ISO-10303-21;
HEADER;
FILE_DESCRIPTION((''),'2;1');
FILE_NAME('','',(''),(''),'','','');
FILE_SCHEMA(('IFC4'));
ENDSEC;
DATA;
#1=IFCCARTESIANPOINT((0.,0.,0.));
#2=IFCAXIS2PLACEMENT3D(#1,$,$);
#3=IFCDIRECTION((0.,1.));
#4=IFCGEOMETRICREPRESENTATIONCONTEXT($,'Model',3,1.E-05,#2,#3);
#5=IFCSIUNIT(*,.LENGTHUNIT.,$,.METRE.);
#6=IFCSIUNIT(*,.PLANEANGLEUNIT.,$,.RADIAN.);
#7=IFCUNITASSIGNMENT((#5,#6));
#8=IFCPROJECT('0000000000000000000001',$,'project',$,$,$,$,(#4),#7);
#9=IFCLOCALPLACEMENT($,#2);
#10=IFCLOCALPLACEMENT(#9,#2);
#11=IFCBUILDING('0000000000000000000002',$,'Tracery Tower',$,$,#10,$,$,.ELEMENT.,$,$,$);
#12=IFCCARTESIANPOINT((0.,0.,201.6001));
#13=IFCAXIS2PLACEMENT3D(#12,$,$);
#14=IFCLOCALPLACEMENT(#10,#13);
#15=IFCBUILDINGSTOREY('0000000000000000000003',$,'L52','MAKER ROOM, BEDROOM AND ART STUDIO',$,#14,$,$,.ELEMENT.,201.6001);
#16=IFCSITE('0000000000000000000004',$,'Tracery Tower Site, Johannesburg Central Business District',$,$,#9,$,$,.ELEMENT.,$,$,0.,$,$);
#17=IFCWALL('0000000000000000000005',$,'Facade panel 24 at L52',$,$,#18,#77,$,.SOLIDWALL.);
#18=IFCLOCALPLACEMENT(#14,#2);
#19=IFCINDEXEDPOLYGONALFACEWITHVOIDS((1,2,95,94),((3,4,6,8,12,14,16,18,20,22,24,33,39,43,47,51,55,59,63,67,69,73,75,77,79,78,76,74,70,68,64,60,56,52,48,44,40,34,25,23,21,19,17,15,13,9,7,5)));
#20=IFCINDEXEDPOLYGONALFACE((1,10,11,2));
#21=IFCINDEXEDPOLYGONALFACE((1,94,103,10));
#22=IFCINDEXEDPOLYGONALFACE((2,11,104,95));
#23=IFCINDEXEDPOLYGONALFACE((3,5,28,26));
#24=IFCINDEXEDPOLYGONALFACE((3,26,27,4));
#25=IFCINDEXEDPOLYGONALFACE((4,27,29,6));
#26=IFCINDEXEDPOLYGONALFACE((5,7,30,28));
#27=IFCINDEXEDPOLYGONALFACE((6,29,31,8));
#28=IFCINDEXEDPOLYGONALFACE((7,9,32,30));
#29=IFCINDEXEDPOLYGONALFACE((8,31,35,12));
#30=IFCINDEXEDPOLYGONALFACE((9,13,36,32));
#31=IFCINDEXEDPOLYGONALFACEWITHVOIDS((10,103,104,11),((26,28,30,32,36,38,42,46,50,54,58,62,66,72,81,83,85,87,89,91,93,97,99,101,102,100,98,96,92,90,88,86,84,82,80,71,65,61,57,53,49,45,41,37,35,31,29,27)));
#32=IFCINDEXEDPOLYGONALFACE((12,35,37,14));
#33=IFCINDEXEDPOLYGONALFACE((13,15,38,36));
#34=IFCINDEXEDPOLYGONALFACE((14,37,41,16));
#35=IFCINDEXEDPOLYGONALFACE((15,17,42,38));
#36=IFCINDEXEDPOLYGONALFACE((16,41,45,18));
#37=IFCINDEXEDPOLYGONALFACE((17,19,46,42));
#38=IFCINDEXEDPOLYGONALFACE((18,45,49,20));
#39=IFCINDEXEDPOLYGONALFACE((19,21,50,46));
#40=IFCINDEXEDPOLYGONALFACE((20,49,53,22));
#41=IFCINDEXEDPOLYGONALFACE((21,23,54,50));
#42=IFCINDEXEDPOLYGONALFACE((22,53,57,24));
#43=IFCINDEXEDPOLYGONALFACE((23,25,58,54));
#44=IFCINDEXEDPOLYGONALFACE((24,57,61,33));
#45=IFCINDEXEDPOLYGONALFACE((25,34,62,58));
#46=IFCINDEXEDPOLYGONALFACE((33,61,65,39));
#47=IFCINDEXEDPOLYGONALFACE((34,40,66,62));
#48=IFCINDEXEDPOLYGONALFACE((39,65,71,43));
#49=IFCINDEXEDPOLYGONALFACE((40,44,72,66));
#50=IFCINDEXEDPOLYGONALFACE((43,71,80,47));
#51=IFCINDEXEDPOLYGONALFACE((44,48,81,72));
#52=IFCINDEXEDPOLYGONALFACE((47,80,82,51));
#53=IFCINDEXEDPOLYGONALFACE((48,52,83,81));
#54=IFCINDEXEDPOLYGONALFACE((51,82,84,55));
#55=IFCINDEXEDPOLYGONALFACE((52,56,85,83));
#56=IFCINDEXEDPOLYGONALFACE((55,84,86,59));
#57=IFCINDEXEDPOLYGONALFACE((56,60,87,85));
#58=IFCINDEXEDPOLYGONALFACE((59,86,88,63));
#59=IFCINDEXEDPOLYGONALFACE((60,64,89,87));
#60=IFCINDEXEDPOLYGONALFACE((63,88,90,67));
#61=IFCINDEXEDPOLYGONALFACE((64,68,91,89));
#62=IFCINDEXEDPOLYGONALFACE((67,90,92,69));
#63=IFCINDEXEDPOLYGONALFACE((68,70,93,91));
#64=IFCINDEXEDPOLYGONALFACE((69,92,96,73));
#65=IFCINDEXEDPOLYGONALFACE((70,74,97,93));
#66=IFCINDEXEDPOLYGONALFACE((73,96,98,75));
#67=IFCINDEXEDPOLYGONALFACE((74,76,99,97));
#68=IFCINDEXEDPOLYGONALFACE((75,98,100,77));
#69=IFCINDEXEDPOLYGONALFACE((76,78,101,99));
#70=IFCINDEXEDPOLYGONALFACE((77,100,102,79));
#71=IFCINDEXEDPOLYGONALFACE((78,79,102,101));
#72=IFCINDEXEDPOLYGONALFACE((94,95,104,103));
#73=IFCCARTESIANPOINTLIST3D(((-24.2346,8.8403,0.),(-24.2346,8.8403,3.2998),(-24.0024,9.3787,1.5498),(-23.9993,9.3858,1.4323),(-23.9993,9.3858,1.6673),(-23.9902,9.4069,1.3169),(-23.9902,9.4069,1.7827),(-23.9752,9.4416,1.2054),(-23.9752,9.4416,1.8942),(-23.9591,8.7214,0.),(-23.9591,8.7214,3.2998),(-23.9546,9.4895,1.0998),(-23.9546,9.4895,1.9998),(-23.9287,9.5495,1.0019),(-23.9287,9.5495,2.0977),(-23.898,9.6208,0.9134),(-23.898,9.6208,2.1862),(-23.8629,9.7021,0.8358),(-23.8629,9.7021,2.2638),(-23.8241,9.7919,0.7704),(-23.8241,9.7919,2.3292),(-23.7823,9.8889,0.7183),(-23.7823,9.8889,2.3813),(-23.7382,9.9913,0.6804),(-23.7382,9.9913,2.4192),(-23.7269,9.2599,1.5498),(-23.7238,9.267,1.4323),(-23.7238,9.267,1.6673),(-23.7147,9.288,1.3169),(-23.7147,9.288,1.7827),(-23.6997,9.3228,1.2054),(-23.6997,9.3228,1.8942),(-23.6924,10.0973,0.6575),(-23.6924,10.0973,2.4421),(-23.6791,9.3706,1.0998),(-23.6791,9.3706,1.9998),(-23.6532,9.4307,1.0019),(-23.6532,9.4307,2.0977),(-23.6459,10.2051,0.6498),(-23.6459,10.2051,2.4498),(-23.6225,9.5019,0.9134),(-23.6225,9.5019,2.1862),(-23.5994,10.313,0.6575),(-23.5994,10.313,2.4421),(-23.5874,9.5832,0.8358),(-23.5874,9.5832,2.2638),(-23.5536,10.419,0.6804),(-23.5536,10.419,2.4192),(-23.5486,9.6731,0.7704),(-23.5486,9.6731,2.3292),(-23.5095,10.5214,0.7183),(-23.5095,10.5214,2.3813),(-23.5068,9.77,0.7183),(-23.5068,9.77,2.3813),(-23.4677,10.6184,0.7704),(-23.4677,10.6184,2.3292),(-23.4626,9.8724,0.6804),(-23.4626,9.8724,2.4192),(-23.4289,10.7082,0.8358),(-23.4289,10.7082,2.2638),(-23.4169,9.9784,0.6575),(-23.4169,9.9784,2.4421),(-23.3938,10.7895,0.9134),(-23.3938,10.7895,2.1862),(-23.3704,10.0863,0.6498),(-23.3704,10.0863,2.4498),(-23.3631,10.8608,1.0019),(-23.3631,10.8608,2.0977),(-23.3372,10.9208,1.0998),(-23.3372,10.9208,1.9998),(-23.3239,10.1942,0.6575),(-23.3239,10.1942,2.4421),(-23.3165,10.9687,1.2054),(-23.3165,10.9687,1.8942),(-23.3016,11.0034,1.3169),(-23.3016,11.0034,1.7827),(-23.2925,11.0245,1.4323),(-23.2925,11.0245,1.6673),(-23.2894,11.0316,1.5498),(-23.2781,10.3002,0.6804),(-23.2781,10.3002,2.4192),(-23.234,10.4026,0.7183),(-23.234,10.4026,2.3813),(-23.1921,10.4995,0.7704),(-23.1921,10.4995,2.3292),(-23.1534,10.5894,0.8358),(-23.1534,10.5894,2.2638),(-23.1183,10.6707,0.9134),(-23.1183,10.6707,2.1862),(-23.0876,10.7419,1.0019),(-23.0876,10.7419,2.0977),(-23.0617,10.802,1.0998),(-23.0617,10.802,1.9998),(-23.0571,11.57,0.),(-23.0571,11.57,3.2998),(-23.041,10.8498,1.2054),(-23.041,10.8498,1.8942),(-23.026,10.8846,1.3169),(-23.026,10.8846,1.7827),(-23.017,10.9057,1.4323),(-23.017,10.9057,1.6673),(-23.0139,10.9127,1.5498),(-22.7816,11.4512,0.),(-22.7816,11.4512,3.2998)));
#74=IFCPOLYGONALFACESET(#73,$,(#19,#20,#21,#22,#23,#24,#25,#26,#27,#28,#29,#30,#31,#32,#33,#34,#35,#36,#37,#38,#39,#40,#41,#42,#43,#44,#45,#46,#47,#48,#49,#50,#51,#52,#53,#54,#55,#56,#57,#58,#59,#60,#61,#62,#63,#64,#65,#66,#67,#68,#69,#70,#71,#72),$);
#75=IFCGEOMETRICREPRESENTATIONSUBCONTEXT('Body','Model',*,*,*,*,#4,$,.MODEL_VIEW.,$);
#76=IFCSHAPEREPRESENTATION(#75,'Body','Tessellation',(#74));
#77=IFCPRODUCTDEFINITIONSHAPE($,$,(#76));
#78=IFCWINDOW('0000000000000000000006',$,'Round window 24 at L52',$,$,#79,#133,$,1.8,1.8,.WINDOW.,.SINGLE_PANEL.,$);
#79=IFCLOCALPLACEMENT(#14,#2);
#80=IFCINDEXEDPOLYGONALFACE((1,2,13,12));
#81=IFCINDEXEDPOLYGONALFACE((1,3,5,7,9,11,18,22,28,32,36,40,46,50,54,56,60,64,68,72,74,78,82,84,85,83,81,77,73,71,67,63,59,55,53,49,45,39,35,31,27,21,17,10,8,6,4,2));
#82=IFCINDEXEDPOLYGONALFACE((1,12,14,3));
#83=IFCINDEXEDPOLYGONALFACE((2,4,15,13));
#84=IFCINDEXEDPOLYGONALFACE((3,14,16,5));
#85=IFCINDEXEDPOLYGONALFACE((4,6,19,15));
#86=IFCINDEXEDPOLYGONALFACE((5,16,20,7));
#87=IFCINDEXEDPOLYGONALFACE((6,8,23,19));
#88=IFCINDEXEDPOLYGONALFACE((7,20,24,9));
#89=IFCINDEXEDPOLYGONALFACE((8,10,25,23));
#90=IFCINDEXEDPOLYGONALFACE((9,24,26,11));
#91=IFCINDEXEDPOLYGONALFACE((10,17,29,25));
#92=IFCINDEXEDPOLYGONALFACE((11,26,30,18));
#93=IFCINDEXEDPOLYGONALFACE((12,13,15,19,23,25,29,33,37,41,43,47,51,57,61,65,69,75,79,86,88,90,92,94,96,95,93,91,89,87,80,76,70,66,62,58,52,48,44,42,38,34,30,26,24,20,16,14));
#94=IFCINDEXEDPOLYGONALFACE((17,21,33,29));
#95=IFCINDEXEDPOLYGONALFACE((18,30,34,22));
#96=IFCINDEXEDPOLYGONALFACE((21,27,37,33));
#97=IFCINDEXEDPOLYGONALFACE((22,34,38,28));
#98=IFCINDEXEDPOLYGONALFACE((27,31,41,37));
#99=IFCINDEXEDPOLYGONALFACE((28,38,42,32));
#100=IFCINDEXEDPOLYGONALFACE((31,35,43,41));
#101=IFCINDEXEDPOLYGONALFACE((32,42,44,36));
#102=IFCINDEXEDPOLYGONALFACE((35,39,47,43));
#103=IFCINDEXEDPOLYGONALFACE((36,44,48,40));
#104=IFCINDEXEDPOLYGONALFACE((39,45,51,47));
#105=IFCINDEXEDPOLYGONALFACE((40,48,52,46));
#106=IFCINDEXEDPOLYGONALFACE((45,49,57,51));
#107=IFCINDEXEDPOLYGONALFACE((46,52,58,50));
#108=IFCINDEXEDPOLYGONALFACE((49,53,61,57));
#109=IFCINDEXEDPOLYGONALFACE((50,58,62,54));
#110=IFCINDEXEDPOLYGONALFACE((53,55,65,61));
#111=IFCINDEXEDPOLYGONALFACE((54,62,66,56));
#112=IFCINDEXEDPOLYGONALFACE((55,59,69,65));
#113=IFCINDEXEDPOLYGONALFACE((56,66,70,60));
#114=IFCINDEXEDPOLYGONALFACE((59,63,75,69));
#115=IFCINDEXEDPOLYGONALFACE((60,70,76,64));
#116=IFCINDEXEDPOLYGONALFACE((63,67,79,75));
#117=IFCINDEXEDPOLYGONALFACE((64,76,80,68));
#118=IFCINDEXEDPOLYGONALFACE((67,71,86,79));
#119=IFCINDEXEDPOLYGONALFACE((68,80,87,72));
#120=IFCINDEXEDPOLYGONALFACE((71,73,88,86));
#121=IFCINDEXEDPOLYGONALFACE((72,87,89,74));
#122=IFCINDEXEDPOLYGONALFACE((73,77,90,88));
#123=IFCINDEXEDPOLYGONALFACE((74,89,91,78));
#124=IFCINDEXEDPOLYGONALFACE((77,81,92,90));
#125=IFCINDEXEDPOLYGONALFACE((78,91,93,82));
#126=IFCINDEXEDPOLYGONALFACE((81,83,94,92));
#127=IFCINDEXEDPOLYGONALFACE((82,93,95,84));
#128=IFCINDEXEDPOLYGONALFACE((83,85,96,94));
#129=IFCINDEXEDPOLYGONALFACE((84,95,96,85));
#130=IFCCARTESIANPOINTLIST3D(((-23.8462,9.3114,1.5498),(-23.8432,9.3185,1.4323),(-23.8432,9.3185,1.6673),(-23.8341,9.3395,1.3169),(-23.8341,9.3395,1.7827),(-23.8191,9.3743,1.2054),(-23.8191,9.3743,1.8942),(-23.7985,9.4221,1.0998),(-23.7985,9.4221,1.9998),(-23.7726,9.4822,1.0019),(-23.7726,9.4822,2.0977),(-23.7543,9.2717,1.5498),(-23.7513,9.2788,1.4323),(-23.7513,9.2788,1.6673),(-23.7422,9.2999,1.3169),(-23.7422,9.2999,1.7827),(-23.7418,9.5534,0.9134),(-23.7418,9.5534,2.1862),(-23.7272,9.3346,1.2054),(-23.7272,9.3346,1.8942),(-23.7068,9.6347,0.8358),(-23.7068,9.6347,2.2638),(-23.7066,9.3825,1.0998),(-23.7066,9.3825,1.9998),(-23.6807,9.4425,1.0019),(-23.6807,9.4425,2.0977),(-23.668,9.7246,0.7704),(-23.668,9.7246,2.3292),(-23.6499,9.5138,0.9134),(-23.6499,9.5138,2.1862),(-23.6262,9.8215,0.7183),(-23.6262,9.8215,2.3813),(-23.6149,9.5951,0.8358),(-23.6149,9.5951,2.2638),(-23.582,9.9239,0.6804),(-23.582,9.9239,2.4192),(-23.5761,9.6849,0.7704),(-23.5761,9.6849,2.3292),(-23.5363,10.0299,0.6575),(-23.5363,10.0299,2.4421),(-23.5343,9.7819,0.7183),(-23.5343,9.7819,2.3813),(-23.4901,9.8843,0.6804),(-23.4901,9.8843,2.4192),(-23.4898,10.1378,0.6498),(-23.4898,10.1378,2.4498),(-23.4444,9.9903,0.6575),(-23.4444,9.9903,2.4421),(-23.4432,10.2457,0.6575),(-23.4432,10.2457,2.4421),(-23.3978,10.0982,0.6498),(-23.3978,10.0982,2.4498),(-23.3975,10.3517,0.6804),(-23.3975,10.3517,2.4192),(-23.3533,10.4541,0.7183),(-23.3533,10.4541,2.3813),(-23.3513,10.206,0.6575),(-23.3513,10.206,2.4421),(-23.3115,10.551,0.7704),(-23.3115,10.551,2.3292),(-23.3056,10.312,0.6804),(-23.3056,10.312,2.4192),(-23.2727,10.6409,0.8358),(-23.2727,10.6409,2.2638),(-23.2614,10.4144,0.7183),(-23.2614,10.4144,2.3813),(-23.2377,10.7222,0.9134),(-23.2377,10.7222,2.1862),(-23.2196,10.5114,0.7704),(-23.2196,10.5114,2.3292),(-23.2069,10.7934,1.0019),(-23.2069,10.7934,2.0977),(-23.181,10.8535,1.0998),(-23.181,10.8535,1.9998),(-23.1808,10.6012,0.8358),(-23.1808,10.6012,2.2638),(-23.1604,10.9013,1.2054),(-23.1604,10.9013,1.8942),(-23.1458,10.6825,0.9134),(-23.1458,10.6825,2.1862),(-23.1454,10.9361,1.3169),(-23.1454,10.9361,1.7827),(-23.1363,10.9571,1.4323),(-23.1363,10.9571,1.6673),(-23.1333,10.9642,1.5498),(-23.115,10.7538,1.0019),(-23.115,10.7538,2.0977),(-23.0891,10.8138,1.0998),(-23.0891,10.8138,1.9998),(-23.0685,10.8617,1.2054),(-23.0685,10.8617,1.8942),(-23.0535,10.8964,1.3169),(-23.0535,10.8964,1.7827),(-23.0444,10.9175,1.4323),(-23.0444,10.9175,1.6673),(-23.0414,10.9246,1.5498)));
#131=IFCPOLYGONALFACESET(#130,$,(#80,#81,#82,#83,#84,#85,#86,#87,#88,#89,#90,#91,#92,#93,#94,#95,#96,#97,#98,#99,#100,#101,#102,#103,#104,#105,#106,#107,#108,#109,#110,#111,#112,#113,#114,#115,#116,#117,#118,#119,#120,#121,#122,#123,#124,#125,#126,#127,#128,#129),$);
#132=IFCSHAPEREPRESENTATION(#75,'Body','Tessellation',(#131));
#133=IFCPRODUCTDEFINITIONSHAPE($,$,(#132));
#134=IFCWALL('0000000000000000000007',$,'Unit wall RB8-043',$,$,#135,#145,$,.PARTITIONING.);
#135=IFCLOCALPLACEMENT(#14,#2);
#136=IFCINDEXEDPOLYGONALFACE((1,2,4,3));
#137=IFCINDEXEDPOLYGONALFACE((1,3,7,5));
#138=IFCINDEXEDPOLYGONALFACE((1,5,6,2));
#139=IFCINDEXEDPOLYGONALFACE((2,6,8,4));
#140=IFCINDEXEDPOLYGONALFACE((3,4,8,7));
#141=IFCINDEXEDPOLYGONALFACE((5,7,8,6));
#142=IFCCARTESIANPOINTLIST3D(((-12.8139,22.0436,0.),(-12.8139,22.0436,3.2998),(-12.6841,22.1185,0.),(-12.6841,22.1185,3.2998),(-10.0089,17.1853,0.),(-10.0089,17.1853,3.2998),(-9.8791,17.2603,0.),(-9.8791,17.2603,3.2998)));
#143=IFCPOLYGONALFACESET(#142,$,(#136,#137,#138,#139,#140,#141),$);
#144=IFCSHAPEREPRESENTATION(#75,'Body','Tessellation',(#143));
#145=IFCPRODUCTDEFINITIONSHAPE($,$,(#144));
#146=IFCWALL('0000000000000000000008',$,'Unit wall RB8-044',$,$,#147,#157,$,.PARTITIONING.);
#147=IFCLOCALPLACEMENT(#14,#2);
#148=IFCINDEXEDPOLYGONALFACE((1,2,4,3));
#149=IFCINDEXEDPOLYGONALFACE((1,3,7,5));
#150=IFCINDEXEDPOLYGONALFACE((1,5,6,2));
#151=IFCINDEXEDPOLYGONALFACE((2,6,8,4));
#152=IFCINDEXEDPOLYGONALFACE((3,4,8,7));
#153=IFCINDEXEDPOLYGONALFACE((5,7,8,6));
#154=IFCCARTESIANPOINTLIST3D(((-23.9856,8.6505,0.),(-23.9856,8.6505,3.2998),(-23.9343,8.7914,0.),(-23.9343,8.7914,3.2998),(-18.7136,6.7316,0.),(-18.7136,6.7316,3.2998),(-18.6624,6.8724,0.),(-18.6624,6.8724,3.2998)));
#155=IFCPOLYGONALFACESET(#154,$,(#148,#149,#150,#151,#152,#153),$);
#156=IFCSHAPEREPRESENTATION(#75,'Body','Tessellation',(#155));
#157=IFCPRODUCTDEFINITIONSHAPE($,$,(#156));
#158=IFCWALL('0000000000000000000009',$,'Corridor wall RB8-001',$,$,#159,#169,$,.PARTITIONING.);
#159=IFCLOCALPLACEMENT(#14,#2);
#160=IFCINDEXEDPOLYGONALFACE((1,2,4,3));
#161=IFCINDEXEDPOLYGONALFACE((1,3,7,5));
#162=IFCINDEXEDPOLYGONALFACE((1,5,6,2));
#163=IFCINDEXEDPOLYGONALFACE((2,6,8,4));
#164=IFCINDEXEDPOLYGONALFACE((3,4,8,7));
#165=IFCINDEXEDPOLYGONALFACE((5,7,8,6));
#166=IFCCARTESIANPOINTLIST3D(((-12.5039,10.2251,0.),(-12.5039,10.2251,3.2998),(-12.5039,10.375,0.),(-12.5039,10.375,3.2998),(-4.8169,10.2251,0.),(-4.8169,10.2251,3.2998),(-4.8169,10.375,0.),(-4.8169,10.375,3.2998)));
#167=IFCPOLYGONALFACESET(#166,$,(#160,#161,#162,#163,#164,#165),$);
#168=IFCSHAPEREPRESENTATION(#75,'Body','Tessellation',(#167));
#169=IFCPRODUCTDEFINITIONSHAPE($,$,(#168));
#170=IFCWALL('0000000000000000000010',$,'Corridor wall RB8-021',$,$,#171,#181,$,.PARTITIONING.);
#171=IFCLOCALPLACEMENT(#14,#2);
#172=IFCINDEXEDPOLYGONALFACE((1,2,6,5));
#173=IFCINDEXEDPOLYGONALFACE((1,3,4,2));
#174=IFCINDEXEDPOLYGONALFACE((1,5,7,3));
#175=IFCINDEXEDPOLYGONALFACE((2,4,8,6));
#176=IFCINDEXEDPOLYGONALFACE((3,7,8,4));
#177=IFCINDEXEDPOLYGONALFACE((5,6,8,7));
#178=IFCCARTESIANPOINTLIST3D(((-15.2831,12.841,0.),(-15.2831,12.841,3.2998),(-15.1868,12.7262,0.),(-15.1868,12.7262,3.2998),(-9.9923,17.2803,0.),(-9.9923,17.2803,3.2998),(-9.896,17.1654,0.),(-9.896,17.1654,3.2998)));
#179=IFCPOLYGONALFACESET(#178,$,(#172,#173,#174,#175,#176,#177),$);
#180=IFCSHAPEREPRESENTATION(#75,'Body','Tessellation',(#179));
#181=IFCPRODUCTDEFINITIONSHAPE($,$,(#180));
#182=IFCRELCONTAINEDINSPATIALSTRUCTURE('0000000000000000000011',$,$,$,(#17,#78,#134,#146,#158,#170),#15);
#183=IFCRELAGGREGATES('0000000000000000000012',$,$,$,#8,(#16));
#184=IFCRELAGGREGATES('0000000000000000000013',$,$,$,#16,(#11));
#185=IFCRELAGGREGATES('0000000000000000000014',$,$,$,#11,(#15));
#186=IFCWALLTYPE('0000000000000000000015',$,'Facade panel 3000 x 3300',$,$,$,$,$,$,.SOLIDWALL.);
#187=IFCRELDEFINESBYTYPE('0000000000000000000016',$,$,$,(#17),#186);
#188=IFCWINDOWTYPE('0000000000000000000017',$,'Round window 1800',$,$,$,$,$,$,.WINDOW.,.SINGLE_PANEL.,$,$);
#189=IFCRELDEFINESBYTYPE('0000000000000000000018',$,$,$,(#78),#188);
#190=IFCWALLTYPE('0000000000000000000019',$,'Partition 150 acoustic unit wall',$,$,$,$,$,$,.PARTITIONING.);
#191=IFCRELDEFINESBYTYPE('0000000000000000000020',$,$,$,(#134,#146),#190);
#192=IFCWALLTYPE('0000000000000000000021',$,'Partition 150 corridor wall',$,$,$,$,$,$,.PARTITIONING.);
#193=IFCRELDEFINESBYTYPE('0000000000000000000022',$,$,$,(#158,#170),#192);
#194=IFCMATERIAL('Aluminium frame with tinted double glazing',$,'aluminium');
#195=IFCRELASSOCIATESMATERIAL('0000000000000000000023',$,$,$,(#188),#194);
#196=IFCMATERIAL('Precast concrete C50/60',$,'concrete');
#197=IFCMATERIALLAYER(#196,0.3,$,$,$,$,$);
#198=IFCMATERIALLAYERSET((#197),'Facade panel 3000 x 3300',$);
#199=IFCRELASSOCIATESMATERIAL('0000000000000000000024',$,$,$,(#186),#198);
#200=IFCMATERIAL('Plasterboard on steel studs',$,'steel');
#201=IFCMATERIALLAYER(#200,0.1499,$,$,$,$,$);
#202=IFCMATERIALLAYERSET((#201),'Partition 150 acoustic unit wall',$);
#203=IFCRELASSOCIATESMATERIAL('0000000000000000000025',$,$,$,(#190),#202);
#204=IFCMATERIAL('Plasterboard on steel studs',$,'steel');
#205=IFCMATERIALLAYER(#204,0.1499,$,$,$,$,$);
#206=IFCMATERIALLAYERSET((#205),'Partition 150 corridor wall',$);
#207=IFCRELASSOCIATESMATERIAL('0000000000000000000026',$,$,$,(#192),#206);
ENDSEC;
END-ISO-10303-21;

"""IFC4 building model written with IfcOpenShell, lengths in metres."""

from ifc_helpers import new_model, si_unit, direction, frame, frame_2d, origin, origin_2d, place, context, subcontext, project, spatial, rectangle, circle, extrude, material, layer, layer_set, type_object, element, fill, save


model = new_model("IFC4")

# Units and contexts
model_context = context("Model", 3, precision=1e-05, world=origin(), true_north=direction((0.0, 1.0)))
body_context = subcontext(model_context, "Body", "Model", "MODEL_VIEW")
ifc_project = project(units=[si_unit("LENGTHUNIT", "METRE"), si_unit("PLANEANGLEUNIT", "RADIAN")], contexts=[model_context])

# Site, building, storey
site_placement = place(None, origin())
site = spatial("IfcSite", under=ifc_project, at=site_placement, Name="Tracery Tower Site, Johannesburg Central Business District", CompositionType="ELEMENT", RefElevation=0.0)
building_placement = place(site_placement, origin())
building = spatial("IfcBuilding", under=site, at=building_placement, Name="Tracery Tower", CompositionType="ELEMENT")
storey_placement = place(building_placement, frame((0.0, 0.0, 201.6001)))
storey = spatial("IfcBuildingStorey", under=building, at=storey_placement, Name="L52", Description="MAKER ROOM, BEDROOM AND ART STUDIO", CompositionType="ELEMENT", Elevation=201.6001)

# Wall, opening, window
ifc_material_1 = material(Name="Aluminium frame with tinted double glazing", Category="aluminium")
window_type = type_object("IfcWindowType", Name="Round window 1800", PartitioningType="SINGLE_PANEL", PredefinedType="WINDOW", material=ifc_material_1)
ifc_material_2 = material(Name="Precast concrete C50/60", Category="concrete")
ifc_layer_1 = layer(ifc_material_2, 0.3)
ifc_layer_set_1 = layer_set([ifc_layer_1], Name="Facade panel 3000 x 3300")
wall_type_1 = type_object("IfcWallType", Name="Facade panel 3000 x 3300", PredefinedType="SOLIDWALL", material=ifc_layer_set_1)
wall_1_placement = place(storey_placement, frame((-22.9194, 11.5105, 0.0), z_axis=(0.0, 0.0, 1.0), x_axis=(-0.396079, -0.918216, 0.0)))
wall_1 = element("IfcWall", 1, at=wall_1_placement, inside=storey, type_object=wall_type_1, Name="Facade panel 24 at L52", PredefinedType="SOLIDWALL", context=body_context, shape_type="SweptSolid", body=[
    extrude(rectangle(XDim=2.9729, YDim=0.3, at=frame_2d((1.4863, 0.0))), origin(), (0.0, 0.0, 1.0), 3.2998),
])
opening_1_placement = place(wall_1_placement, frame((1.4863, 0.0, 1.5498)))
opening_1 = element("IfcOpeningElement", 2, at=opening_1_placement, cuts=wall_1, PredefinedType="OPENING", context=body_context, shape_type="SweptSolid", body=[
    extrude(circle(Radius=0.9, at=origin_2d()), frame((0.0, 0.1599, 0.0), z_axis=(0.0, -1.0, 0.0), x_axis=(1.0, 0.0, 0.0)), (0.0, 0.0, 1.0), 0.3201),
])
window_1_placement = place(opening_1_placement, origin())
window_1 = element("IfcWindow", 3, at=window_1_placement, inside=storey, type_object=window_type, Name="Round window 24 at L52", OverallHeight=1.8, OverallWidth=1.8, PartitioningType="SINGLE_PANEL", PredefinedType="WINDOW", context=body_context, shape_type="SweptSolid", body=[
    extrude(circle(Radius=0.9, at=origin_2d()), frame((0.0, 0.1201, 0.0), z_axis=(0.0, -1.0, 0.0), x_axis=(1.0, 0.0, 0.0)), (0.0, 0.0, 1.0), 0.1001),
])
fill(opening_1, window_1)

# Walls
ifc_material_3 = material(Name="Plasterboard on steel studs", Category="steel")
ifc_layer_2 = layer(ifc_material_3, 0.1499)
ifc_layer_set_2 = layer_set([ifc_layer_2], Name="Partition 150 acoustic unit wall")
wall_type_2 = type_object("IfcWallType", Name="Partition 150 acoustic unit wall", PredefinedType="PARTITIONING", material=ifc_layer_set_2)
wall_2_placement = place(storey_placement, frame((-12.749, 22.0811, 0.0), z_axis=(0.0, 0.0, 1.0), x_axis=(0.50001, -0.86602, 0.0)))
element("IfcWall", 4, at=wall_2_placement, inside=storey, type_object=wall_type_2, Name="Unit wall RB8-043", PredefinedType="PARTITIONING", context=body_context, shape_type="SweptSolid", body=[
    extrude(rectangle(XDim=5.6099, YDim=0.1499, at=frame_2d((2.8049, 0.0))), origin(), (0.0, 0.0, 1.0), 3.2998),
])
wall_3_placement = place(storey_placement, frame((-23.96, 8.7209, 0.0), z_axis=(0.0, 0.0, 1.0), x_axis=(0.939687, -0.342037, 0.0)))
element("IfcWall", 5, at=wall_3_placement, inside=storey, type_object=wall_type_2, Name="Unit wall RB8-044", PredefinedType="PARTITIONING", context=body_context, shape_type="SweptSolid", body=[
    extrude(rectangle(XDim=5.6104, YDim=0.1499, at=frame_2d((2.8052, 0.0))), origin(), (0.0, 0.0, 1.0), 3.2998),
])
ifc_material_4 = material(Name="Plasterboard on steel studs", Category="steel")
ifc_layer_3 = layer(ifc_material_4, 0.1499)
ifc_layer_set_3 = layer_set([ifc_layer_3], Name="Partition 150 corridor wall")
wall_type_3 = type_object("IfcWallType", Name="Partition 150 corridor wall", PredefinedType="PARTITIONING", material=ifc_layer_set_3)
wall_4_placement = place(storey_placement, frame((-12.5039, 10.3, 0.0), z_axis=(0.0, 0.0, 1.0), x_axis=(1.0, 0.0, 0.0)))
element("IfcWall", 6, at=wall_4_placement, inside=storey, type_object=wall_type_3, Name="Corridor wall RB8-001", PredefinedType="PARTITIONING", context=body_context, shape_type="SweptSolid", body=[
    extrude(rectangle(XDim=7.687, YDim=0.1499, at=frame_2d((3.8435, 0.0))), origin(), (0.0, 0.0, 1.0), 3.2998),
])
wall_5_placement = place(storey_placement, frame((-15.2349, 12.7837, 0.0), z_axis=(0.0, 0.0, 1.0), x_axis=(0.766064, 0.642764, 0.0)))
element("IfcWall", 7, at=wall_5_placement, inside=storey, type_object=wall_type_3, Name="Corridor wall RB8-021", PredefinedType="PARTITIONING", context=body_context, shape_type="SweptSolid", body=[
    extrude(rectangle(XDim=6.9065, YDim=0.1499, at=frame_2d((3.4531, 0.0))), origin(), (0.0, 0.0, 1.0), 3.2998),
])

save(model, "model.ifc")
